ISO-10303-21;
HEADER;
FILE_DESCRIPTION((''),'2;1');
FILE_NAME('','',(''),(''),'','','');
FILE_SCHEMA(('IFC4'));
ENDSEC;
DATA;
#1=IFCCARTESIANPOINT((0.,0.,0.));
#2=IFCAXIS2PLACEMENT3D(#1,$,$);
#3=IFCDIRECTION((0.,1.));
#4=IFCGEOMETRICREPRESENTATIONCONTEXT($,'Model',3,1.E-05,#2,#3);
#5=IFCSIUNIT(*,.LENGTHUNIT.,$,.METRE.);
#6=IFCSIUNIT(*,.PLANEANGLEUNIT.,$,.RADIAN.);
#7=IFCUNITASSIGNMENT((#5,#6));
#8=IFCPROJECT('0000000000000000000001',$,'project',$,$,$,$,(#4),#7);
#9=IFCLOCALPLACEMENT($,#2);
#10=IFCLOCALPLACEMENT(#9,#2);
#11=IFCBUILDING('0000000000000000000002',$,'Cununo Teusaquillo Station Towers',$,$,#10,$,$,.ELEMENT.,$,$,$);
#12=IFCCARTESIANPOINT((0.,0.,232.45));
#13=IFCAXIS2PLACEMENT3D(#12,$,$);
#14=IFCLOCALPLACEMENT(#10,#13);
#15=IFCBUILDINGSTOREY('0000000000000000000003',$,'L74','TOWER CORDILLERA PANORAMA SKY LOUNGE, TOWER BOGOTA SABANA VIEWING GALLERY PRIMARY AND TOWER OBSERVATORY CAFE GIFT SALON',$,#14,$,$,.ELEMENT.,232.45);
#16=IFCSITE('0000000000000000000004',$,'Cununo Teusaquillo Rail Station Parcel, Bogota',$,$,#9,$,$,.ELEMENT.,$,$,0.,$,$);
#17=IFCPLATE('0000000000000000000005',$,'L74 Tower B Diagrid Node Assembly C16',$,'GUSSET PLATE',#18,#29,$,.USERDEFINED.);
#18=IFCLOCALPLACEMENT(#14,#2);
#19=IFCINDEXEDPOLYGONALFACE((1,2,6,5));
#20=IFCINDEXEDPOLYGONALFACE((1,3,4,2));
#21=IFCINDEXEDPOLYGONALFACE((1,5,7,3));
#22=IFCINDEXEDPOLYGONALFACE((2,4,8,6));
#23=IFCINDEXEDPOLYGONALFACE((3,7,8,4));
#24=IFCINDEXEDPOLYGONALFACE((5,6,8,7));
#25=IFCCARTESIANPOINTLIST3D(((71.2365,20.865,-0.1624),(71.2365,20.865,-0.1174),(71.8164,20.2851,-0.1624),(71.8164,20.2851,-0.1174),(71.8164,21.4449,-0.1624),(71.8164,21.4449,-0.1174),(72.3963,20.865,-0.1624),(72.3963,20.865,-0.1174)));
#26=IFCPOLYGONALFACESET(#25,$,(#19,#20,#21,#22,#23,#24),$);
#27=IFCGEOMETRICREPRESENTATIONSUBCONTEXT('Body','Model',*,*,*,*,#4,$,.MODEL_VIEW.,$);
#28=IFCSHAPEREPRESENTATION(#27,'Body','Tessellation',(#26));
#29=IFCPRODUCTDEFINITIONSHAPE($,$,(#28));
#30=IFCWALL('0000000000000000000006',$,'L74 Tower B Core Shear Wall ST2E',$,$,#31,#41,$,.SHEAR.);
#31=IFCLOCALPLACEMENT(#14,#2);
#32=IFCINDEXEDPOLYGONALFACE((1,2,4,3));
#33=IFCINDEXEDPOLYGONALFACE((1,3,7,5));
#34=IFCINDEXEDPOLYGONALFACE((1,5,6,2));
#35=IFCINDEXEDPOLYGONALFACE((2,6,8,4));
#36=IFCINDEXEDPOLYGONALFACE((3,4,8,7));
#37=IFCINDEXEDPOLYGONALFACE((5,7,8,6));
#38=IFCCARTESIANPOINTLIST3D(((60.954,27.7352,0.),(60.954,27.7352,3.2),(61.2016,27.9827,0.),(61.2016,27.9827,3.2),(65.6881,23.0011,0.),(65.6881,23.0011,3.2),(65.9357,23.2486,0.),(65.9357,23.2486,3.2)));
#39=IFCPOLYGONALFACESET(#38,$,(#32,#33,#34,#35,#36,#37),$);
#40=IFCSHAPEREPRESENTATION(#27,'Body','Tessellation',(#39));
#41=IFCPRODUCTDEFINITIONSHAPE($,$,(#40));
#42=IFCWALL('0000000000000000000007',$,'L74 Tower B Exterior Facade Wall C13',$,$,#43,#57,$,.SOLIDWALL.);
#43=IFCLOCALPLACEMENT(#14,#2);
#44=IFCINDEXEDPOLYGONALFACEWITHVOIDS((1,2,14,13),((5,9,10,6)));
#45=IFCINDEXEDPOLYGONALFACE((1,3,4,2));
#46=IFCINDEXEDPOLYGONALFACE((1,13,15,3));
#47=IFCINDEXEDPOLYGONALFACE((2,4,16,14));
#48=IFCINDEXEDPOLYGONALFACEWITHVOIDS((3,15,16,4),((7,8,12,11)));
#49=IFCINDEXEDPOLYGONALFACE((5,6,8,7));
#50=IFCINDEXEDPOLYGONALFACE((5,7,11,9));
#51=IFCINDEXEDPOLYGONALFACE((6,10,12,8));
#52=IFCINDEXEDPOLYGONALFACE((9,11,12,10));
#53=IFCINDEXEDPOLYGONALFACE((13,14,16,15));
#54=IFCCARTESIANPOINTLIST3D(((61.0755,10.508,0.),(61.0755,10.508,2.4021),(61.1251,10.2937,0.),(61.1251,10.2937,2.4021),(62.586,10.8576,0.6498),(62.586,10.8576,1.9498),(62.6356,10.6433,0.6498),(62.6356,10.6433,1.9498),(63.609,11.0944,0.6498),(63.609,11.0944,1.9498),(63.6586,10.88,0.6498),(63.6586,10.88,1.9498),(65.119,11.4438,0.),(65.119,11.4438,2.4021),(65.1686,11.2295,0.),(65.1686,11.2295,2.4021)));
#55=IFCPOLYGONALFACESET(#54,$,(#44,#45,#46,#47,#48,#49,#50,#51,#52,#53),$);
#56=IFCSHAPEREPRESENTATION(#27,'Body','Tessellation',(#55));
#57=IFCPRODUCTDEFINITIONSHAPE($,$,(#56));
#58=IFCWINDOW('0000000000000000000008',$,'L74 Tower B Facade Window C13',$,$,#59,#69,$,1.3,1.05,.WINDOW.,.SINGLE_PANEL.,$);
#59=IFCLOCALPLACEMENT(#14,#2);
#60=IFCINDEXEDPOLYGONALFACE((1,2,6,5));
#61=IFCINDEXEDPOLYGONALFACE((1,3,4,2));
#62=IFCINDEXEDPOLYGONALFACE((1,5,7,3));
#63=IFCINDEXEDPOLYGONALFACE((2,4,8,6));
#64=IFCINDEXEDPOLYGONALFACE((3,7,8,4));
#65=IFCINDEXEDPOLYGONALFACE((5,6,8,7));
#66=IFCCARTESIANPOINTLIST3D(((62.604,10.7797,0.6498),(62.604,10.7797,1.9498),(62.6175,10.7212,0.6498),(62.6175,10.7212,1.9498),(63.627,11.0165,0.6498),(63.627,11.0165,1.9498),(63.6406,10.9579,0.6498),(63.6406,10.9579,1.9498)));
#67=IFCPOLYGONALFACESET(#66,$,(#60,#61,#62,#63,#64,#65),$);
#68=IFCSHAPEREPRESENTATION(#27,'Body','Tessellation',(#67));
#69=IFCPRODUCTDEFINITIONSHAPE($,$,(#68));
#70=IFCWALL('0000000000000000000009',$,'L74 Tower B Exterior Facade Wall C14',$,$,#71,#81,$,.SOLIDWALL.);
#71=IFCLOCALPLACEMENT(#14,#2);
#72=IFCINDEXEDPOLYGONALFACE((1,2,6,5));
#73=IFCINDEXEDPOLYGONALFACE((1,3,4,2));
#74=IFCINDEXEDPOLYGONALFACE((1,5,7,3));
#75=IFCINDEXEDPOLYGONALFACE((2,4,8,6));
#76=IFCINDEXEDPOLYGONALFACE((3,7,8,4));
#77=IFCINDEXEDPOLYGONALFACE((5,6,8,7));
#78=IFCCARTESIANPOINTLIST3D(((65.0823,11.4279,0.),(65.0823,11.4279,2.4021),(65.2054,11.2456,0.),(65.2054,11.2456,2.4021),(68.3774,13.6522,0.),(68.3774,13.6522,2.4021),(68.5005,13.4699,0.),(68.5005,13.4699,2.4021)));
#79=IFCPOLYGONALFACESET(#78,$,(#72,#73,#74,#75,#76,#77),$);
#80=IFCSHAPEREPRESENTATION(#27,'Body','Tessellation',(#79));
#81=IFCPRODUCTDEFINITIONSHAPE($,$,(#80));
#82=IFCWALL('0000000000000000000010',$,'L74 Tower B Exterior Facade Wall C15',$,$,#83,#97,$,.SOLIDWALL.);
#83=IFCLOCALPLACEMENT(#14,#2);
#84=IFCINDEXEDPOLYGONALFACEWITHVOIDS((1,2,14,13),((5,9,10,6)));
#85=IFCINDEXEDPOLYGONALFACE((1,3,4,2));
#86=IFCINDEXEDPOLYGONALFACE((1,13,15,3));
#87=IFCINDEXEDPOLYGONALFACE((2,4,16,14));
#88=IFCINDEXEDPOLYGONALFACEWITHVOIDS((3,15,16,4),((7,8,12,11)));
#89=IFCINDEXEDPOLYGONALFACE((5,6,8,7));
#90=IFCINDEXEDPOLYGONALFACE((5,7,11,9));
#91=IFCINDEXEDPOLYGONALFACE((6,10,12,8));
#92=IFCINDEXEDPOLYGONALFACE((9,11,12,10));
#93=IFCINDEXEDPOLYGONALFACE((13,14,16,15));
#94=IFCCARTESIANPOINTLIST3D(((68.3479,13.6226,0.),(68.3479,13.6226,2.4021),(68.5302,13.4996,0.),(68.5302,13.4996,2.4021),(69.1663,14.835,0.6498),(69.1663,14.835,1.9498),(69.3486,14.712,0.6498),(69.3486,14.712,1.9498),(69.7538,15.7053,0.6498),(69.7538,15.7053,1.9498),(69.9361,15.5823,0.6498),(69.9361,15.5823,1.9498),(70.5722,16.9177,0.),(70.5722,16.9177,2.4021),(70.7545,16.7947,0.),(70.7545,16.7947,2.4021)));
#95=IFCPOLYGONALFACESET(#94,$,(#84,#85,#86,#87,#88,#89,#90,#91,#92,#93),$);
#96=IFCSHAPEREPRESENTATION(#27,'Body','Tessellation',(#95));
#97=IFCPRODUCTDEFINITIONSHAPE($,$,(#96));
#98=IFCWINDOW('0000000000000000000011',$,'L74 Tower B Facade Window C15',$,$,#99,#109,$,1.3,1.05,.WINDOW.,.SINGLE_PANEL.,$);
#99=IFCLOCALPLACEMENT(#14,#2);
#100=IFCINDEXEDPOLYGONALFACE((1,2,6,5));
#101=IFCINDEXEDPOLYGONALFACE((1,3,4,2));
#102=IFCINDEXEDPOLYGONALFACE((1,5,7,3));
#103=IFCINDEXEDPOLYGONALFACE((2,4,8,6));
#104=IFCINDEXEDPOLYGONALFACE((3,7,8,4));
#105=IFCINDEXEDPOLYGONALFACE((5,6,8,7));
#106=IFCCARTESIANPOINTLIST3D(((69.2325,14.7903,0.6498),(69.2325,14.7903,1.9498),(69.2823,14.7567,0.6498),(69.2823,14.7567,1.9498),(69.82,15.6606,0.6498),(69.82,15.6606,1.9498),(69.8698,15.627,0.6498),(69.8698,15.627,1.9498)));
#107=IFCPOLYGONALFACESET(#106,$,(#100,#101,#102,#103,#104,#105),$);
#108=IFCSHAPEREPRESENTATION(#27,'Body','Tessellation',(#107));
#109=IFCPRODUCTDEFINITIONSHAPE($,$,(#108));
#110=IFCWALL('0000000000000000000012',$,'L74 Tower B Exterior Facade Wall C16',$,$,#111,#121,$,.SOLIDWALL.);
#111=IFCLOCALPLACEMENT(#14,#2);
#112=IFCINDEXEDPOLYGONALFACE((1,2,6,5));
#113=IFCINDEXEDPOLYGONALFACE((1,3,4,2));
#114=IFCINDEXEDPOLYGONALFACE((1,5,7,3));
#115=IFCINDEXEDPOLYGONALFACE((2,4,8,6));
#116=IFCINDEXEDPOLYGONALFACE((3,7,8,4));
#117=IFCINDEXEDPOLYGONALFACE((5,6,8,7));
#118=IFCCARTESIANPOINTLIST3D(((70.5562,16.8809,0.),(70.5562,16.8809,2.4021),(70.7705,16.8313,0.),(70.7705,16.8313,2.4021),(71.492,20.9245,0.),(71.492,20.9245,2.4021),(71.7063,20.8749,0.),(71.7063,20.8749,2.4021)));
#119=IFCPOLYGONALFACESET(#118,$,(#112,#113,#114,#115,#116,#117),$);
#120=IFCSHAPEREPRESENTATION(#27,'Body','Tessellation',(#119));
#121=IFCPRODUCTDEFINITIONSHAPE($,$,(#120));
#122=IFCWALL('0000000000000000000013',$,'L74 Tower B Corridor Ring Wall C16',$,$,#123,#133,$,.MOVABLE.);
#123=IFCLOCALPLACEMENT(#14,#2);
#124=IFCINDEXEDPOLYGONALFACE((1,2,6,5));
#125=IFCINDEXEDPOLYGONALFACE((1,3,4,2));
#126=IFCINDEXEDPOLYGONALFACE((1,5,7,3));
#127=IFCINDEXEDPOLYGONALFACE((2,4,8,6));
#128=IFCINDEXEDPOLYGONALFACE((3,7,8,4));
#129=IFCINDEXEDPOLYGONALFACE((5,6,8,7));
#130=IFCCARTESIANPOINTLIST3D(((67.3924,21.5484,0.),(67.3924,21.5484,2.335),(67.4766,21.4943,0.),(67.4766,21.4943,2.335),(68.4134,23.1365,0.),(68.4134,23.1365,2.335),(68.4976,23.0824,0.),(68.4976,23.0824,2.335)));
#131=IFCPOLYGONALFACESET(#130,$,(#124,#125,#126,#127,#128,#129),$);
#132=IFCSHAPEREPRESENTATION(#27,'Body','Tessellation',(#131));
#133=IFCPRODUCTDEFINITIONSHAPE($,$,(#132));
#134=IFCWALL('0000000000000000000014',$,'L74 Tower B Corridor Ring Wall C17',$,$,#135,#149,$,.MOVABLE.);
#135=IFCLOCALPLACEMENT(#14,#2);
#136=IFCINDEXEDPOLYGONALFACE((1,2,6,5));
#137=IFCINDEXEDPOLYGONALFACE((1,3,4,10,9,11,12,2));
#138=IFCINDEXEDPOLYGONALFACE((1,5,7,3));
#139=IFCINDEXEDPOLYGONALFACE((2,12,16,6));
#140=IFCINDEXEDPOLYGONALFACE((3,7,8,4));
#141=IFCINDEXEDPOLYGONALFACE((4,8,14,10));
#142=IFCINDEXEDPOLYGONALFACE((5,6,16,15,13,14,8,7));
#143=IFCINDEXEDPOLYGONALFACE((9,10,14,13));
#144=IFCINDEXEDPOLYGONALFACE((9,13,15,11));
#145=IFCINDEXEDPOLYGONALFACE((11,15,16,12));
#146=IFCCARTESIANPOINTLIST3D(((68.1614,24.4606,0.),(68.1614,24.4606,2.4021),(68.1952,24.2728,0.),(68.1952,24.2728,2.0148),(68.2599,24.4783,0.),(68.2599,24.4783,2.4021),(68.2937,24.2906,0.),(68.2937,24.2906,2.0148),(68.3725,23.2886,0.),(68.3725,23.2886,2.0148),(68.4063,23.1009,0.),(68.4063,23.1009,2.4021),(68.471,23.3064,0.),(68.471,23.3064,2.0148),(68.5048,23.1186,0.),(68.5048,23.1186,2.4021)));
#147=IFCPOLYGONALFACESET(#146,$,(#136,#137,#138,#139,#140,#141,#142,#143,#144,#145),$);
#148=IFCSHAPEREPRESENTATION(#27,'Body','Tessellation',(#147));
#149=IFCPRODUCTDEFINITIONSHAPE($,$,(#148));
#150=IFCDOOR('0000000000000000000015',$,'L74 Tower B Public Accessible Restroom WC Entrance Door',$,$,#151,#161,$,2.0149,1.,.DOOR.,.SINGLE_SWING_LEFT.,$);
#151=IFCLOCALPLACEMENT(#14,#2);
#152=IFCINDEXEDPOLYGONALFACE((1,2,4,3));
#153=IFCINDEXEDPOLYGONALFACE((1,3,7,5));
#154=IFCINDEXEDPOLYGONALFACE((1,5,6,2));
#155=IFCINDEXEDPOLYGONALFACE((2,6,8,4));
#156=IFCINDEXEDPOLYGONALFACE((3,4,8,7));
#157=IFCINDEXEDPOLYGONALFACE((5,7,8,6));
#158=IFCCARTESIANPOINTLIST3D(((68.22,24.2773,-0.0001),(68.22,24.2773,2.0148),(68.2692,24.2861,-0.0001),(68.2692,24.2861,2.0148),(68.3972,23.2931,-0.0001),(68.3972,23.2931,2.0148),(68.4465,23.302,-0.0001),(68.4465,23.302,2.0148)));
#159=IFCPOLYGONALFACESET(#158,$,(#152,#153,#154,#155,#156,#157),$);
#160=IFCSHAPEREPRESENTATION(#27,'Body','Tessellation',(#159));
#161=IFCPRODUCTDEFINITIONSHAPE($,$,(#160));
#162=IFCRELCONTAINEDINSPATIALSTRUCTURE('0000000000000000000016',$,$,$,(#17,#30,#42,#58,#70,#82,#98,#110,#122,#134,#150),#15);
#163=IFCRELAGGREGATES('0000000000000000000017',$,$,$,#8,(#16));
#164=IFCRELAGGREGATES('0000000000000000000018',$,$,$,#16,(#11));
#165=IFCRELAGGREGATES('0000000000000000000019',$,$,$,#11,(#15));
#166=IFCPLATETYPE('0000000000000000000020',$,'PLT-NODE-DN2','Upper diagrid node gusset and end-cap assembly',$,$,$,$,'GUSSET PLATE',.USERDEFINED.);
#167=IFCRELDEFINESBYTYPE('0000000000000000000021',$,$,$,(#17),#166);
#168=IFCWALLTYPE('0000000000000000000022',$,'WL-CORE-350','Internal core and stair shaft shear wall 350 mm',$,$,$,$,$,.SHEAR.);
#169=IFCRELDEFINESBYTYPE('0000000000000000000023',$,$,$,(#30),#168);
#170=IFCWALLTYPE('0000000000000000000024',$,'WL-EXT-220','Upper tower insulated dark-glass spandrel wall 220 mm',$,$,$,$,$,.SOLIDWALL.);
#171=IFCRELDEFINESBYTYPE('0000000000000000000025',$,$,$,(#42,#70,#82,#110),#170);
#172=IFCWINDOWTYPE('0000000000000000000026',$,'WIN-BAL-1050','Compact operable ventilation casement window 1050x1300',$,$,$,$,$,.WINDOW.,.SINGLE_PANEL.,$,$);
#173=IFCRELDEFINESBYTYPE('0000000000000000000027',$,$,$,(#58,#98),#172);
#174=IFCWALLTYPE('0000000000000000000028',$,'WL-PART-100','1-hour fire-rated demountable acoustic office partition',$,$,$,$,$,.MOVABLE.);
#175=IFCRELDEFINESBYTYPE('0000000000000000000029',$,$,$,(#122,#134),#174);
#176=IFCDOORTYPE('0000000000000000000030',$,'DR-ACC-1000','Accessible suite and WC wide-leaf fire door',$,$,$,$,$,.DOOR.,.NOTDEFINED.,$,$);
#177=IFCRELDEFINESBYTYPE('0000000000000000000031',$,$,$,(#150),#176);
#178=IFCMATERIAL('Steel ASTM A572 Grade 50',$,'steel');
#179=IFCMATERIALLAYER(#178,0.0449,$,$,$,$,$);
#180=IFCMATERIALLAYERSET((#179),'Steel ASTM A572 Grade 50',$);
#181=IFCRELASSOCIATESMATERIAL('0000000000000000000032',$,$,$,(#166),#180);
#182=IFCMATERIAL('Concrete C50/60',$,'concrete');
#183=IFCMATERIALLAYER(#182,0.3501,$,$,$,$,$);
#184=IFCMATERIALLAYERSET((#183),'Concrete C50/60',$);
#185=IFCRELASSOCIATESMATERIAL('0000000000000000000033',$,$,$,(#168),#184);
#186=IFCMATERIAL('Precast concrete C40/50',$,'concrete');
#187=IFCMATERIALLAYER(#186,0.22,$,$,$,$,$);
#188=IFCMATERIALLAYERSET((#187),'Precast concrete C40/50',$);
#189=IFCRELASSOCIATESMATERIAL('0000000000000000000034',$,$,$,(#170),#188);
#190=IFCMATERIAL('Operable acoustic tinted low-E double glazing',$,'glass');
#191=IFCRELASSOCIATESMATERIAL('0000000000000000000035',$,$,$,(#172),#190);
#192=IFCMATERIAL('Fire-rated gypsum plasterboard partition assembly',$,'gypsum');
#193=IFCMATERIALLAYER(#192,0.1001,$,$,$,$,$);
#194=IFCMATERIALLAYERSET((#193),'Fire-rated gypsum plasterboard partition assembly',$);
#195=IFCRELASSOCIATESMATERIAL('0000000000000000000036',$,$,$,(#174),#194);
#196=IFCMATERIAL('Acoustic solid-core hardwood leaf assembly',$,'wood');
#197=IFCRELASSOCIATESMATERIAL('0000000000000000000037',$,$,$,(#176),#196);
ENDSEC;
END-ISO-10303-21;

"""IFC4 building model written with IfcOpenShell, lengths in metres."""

from ifc_helpers import new_model, si_unit, direction, frame, frame_2d, origin, origin_2d, place, context, subcontext, project, spatial, rectangle, extrude, source, transform, mapped, material, layer, layer_set, type_object, element, fill, save


model = new_model("IFC4")

# Units and contexts
model_context = context("Model", 3, precision=1e-05, world=origin(), true_north=direction((0.0, 1.0)))
body_context = subcontext(model_context, "Body", "Model", "MODEL_VIEW")
ifc_project = project(units=[si_unit("LENGTHUNIT", "METRE"), si_unit("PLANEANGLEUNIT", "RADIAN")], contexts=[model_context])

# Site, building, storey
site_placement = place(None, origin())
site = spatial("IfcSite", under=ifc_project, at=site_placement, Name="Cununo Teusaquillo Rail Station Parcel, Bogota", CompositionType="ELEMENT", RefElevation=0.0)
building_placement = place(site_placement, origin())
building = spatial("IfcBuilding", under=site, at=building_placement, Name="Cununo Teusaquillo Station Towers", CompositionType="ELEMENT")
storey_placement = place(building_placement, frame((0.0, 0.0, 232.45)))
storey = spatial("IfcBuildingStorey", under=building, at=storey_placement, Name="L74", Description="TOWER CORDILLERA PANORAMA SKY LOUNGE, TOWER BOGOTA SABANA VIEWING GALLERY PRIMARY AND TOWER OBSERVATORY CAFE GIFT SALON", CompositionType="ELEMENT", Elevation=232.45)

# Plate
ifc_material_1 = material(Name="Steel ASTM A572 Grade 50", Category="steel")
ifc_layer_1 = layer(ifc_material_1, 0.0449)
ifc_layer_set_1 = layer_set([ifc_layer_1], Name="Steel ASTM A572 Grade 50")
plate_type = type_object("IfcPlateType", Name="PLT-NODE-DN2", Description="Upper diagrid node gusset and end-cap assembly", ElementType="GUSSET PLATE", PredefinedType="USERDEFINED", material=ifc_layer_set_1)
shared_shape_1 = source(origin(), body_context, "Body", "SweptSolid", [
    extrude(rectangle(XDim=0.8201, YDim=0.8201, at=origin_2d()), origin(), (0.0, 0.0, 1.0), 0.0449),
])
for number, where, z_axis, x_axis, name in (
    (1, (71.8164, 20.865, -0.1624), (0.0, 0.0, 1.0), (0.707107, 0.707107, 0.0), "L74 Tower B Diagrid Node Assembly C16"),
):
    element("IfcPlate", number, at=place(storey_placement, frame(where, z_axis=z_axis, x_axis=x_axis)), inside=storey, type_object=plate_type, Name=name, ObjectType="GUSSET PLATE", PredefinedType="USERDEFINED", context=body_context, shape_type="MappedRepresentation", body=[
        mapped(shared_shape_1, transform((0.0, 0.0, 0.0), x_axis=(1.0, 0.0, 0.0), y_axis=(0.0, 1.0, 0.0), z_axis=(0.0, 0.0, 1.0), scale=1.0)),
    ])

# Wall
ifc_material_2 = material(Name="Concrete C50/60", Category="concrete")
ifc_layer_2 = layer(ifc_material_2, 0.3501)
ifc_layer_set_2 = layer_set([ifc_layer_2], Name="Concrete C50/60")
wall_type_1 = type_object("IfcWallType", Name="WL-CORE-350", Description="Internal core and stair shaft shear wall 350 mm", PredefinedType="SHEAR", material=ifc_layer_set_2)
wall_1_placement = place(storey_placement, frame((65.812, 23.1248, 0.0), z_axis=(0.0, 0.0, 1.0), x_axis=(-0.707107, 0.707107, 0.0)))
element("IfcWall", 2, at=wall_1_placement, inside=storey, type_object=wall_type_1, Name="L74 Tower B Core Shear Wall ST2E", PredefinedType="SHEAR", context=body_context, shape_type="SweptSolid", body=[
    extrude(rectangle(XDim=6.6951, YDim=0.3501, at=frame_2d((3.3477, 0.0))), origin(), (0.0, 0.0, 1.0), 3.2),
])

# Wall, opening, window
ifc_material_3 = material(Name="Precast concrete C40/50", Category="concrete")
ifc_layer_3 = layer(ifc_material_3, 0.22)
ifc_layer_set_3 = layer_set([ifc_layer_3], Name="Precast concrete C40/50")
wall_type_2 = type_object("IfcWallType", Name="WL-EXT-220", Description="Upper tower insulated dark-glass spandrel wall 220 mm", PredefinedType="SOLIDWALL", material=ifc_layer_set_3)
wall_2_placement = place(storey_placement, frame((65.1438, 11.3367, 0.0), z_axis=(0.0, 0.0, 1.0), x_axis=(-0.974249, -0.225474, 0.0)))
wall_2 = element("IfcWall", 3, at=wall_2_placement, inside=storey, type_object=wall_type_2, Name="L74 Tower B Exterior Facade Wall C13", PredefinedType="SOLIDWALL", context=body_context, shape_type="SweptSolid", body=[
    extrude(rectangle(XDim=4.1504, YDim=0.22, at=frame_2d((2.0752, 0.0))), origin(), (0.0, 0.0, 1.0), 2.4021),
])
shared_shape_2 = source(origin(), body_context, "Body", "SweptSolid", [
    extrude(rectangle(XDim=1.05, YDim=1.3, at=frame_2d((0.5249, 0.6499))), frame((0.0, 0.1199, 0.0), z_axis=(0.0, -1.0, 0.0), x_axis=(1.0, 0.0, 0.0)), (0.0, 0.0, 1.0), 0.24),
])
opening_1_placement = place(wall_2_placement, frame((1.55, 0.0, 0.6499)))
opening_1 = element("IfcOpeningElement", 4, at=opening_1_placement, cuts=wall_2, PredefinedType="OPENING", context=body_context, shape_type="MappedRepresentation", body=[
    mapped(shared_shape_2, transform((0.0, 0.0, 0.0), x_axis=(1.0, 0.0, 0.0), y_axis=(0.0, 1.0, 0.0), z_axis=(0.0, 0.0, 1.0), scale=1.0)),
])
ifc_material_4 = material(Name="Operable acoustic tinted low-E double glazing", Category="glass")
window_type = type_object("IfcWindowType", Name="WIN-BAL-1050", Description="Compact operable ventilation casement window 1050x1300", PartitioningType="SINGLE_PANEL", PredefinedType="WINDOW", material=ifc_material_4)
shared_shape_3 = source(origin(), body_context, "Body", "SweptSolid", [
    extrude(rectangle(XDim=1.05, YDim=1.3, at=frame_2d((0.5249, 0.6499))), frame((0.0, 0.03, 0.0), z_axis=(0.0, -1.0, 0.0), x_axis=(1.0, 0.0, 0.0)), (0.0, 0.0, 1.0), 0.0601),
])
window_1_placement = place(opening_1_placement, origin())
window_1 = element("IfcWindow", 5, at=window_1_placement, inside=storey, type_object=window_type, Name="L74 Tower B Facade Window C13", OverallHeight=1.3, OverallWidth=1.05, PartitioningType="SINGLE_PANEL", PredefinedType="WINDOW", context=body_context, shape_type="MappedRepresentation", body=[
    mapped(shared_shape_3, transform((0.0, 0.0, 0.0), x_axis=(1.0, 0.0, 0.0), y_axis=(0.0, 1.0, 0.0), z_axis=(0.0, 0.0, 1.0), scale=1.0)),
])
fill(opening_1, window_1)

# Wall
wall_3_placement = place(storey_placement, frame((68.439, 13.561, 0.0), z_axis=(0.0, 0.0, 1.0), x_axis=(-0.828834, -0.559495, 0.0)))
element("IfcWall", 6, at=wall_3_placement, inside=storey, type_object=wall_type_2, Name="L74 Tower B Exterior Facade Wall C14", PredefinedType="SOLIDWALL", context=body_context, shape_type="SweptSolid", body=[
    extrude(rectangle(XDim=3.9756, YDim=0.22, at=frame_2d((1.9878, 0.0))), origin(), (0.0, 0.0, 1.0), 2.4021),
])

# Wall, opening, window
wall_4_placement = place(storey_placement, frame((70.6633, 16.8562, 0.0), z_axis=(0.0, 0.0, 1.0), x_axis=(-0.559495, -0.828834, 0.0)))
wall_4 = element("IfcWall", 7, at=wall_4_placement, inside=storey, type_object=wall_type_2, Name="L74 Tower B Exterior Facade Wall C15", PredefinedType="SOLIDWALL", context=body_context, shape_type="SweptSolid", body=[
    extrude(rectangle(XDim=3.9756, YDim=0.22, at=frame_2d((1.9878, 0.0))), origin(), (0.0, 0.0, 1.0), 2.4021),
])
opening_2_placement = place(wall_4_placement, frame((1.4629, 0.0, 0.6499)))
opening_2 = element("IfcOpeningElement", 8, at=opening_2_placement, cuts=wall_4, PredefinedType="OPENING", context=body_context, shape_type="MappedRepresentation", body=[
    mapped(shared_shape_2, transform((0.0, 0.0, 0.0), x_axis=(1.0, 0.0, 0.0), y_axis=(0.0, 1.0, 0.0), z_axis=(0.0, 0.0, 1.0), scale=1.0)),
])
window_2_placement = place(opening_2_placement, origin())
window_2 = element("IfcWindow", 9, at=window_2_placement, inside=storey, type_object=window_type, Name="L74 Tower B Facade Window C15", OverallHeight=1.3, OverallWidth=1.05, PartitioningType="SINGLE_PANEL", PredefinedType="WINDOW", context=body_context, shape_type="MappedRepresentation", body=[
    mapped(shared_shape_3, transform((0.0, 0.0, 0.0), x_axis=(1.0, 0.0, 0.0), y_axis=(0.0, 1.0, 0.0), z_axis=(0.0, 0.0, 1.0), scale=1.0)),
])
fill(opening_2, window_2)

# Walls
wall_5_placement = place(storey_placement, frame((71.5991, 20.8997, 0.0), z_axis=(0.0, 0.0, 1.0), x_axis=(-0.225474, -0.974249, 0.0)))
element("IfcWall", 10, at=wall_5_placement, inside=storey, type_object=wall_type_2, Name="L74 Tower B Exterior Facade Wall C16", PredefinedType="SOLIDWALL", context=body_context, shape_type="SweptSolid", body=[
    extrude(rectangle(XDim=4.1504, YDim=0.22, at=frame_2d((2.0752, 0.0))), origin(), (0.0, 0.0, 1.0), 2.4021),
])
ifc_material_5 = material(Name="Fire-rated gypsum plasterboard partition assembly", Category="gypsum")
ifc_layer_4 = layer(ifc_material_5, 0.1001)
ifc_layer_set_4 = layer_set([ifc_layer_4], Name="Fire-rated gypsum plasterboard partition assembly")
wall_type_3 = type_object("IfcWallType", Name="WL-PART-100", Description="1-hour fire-rated demountable acoustic office partition", PredefinedType="MOVABLE", material=ifc_layer_set_4)
wall_6_placement = place(storey_placement, frame((67.4346, 21.5215, 0.0), z_axis=(0.0, 0.0, 1.0), x_axis=(0.540777, 0.841166, 0.0)))
element("IfcWall", 11, at=wall_6_placement, inside=storey, type_object=wall_type_3, Name="L74 Tower B Corridor Ring Wall C16", PredefinedType="MOVABLE", context=body_context, shape_type="SweptSolid", body=[
    extrude(rectangle(XDim=1.8879, YDim=0.1001, at=frame_2d((0.9438, 0.0))), origin(), (0.0, 0.0, 1.0), 2.335),
])

# Wall, opening, door
wall_7_placement = place(storey_placement, frame((68.4556, 23.1096, 0.0), z_axis=(0.0, 0.0, 1.0), x_axis=(-0.177252, 0.984165, 0.0)))
wall_7 = element("IfcWall", 12, at=wall_7_placement, inside=storey, type_object=wall_type_3, Name="L74 Tower B Corridor Ring Wall C17", PredefinedType="MOVABLE", context=body_context, shape_type="SweptSolid", body=[
    extrude(rectangle(XDim=1.3816, YDim=0.1001, at=frame_2d((0.6909, 0.0))), origin(), (0.0, 0.0, 1.0), 2.4021),
])
shared_shape_4 = source(origin(), body_context, "Body", "SweptSolid", [
    extrude(rectangle(XDim=1.0, YDim=2.0149, at=frame_2d((0.5, 1.0073))), frame((0.0, 0.0601, 0.0), z_axis=(0.0, -1.0, 0.0), x_axis=(1.0, 0.0, 0.0)), (0.0, 0.0, 1.0), 0.1201),
])
opening_3_placement = place(wall_7_placement, frame((0.1909, 0.0, 0.0)))
opening_3 = element("IfcOpeningElement", 13, at=opening_3_placement, cuts=wall_7, PredefinedType="OPENING", context=body_context, shape_type="MappedRepresentation", body=[
    mapped(shared_shape_4, transform((0.0, 0.0, 0.0), x_axis=(1.0, 0.0, 0.0), y_axis=(0.0, 1.0, 0.0), z_axis=(0.0, 0.0, 1.0), scale=1.0)),
])
ifc_material_6 = material(Name="Acoustic solid-core hardwood leaf assembly", Category="wood")
door_type = type_object("IfcDoorType", Name="DR-ACC-1000", Description="Accessible suite and WC wide-leaf fire door", OperationType="NOTDEFINED", PredefinedType="DOOR", material=ifc_material_6)
shared_shape_5 = source(origin(), body_context, "Body", "SweptSolid", [
    extrude(rectangle(XDim=1.0, YDim=2.0149, at=frame_2d((0.5, 1.0073))), frame((0.0, 0.0249, 0.0), z_axis=(0.0, -1.0, 0.0), x_axis=(1.0, 0.0, 0.0)), (0.0, 0.0, 1.0), 0.05),
])
door_placement = place(opening_3_placement, origin())
door = element("IfcDoor", 14, at=door_placement, inside=storey, type_object=door_type, Name="L74 Tower B Public Accessible Restroom WC Entrance Door", OperationType="SINGLE_SWING_LEFT", OverallHeight=2.0149, OverallWidth=1.0, PredefinedType="DOOR", context=body_context, shape_type="MappedRepresentation", body=[
    mapped(shared_shape_5, transform((0.0, 0.0, 0.0), x_axis=(1.0, 0.0, 0.0), y_axis=(0.0, 1.0, 0.0), z_axis=(0.0, 0.0, 1.0), scale=1.0)),
])
fill(opening_3, door)

save(model, "model.ifc")
